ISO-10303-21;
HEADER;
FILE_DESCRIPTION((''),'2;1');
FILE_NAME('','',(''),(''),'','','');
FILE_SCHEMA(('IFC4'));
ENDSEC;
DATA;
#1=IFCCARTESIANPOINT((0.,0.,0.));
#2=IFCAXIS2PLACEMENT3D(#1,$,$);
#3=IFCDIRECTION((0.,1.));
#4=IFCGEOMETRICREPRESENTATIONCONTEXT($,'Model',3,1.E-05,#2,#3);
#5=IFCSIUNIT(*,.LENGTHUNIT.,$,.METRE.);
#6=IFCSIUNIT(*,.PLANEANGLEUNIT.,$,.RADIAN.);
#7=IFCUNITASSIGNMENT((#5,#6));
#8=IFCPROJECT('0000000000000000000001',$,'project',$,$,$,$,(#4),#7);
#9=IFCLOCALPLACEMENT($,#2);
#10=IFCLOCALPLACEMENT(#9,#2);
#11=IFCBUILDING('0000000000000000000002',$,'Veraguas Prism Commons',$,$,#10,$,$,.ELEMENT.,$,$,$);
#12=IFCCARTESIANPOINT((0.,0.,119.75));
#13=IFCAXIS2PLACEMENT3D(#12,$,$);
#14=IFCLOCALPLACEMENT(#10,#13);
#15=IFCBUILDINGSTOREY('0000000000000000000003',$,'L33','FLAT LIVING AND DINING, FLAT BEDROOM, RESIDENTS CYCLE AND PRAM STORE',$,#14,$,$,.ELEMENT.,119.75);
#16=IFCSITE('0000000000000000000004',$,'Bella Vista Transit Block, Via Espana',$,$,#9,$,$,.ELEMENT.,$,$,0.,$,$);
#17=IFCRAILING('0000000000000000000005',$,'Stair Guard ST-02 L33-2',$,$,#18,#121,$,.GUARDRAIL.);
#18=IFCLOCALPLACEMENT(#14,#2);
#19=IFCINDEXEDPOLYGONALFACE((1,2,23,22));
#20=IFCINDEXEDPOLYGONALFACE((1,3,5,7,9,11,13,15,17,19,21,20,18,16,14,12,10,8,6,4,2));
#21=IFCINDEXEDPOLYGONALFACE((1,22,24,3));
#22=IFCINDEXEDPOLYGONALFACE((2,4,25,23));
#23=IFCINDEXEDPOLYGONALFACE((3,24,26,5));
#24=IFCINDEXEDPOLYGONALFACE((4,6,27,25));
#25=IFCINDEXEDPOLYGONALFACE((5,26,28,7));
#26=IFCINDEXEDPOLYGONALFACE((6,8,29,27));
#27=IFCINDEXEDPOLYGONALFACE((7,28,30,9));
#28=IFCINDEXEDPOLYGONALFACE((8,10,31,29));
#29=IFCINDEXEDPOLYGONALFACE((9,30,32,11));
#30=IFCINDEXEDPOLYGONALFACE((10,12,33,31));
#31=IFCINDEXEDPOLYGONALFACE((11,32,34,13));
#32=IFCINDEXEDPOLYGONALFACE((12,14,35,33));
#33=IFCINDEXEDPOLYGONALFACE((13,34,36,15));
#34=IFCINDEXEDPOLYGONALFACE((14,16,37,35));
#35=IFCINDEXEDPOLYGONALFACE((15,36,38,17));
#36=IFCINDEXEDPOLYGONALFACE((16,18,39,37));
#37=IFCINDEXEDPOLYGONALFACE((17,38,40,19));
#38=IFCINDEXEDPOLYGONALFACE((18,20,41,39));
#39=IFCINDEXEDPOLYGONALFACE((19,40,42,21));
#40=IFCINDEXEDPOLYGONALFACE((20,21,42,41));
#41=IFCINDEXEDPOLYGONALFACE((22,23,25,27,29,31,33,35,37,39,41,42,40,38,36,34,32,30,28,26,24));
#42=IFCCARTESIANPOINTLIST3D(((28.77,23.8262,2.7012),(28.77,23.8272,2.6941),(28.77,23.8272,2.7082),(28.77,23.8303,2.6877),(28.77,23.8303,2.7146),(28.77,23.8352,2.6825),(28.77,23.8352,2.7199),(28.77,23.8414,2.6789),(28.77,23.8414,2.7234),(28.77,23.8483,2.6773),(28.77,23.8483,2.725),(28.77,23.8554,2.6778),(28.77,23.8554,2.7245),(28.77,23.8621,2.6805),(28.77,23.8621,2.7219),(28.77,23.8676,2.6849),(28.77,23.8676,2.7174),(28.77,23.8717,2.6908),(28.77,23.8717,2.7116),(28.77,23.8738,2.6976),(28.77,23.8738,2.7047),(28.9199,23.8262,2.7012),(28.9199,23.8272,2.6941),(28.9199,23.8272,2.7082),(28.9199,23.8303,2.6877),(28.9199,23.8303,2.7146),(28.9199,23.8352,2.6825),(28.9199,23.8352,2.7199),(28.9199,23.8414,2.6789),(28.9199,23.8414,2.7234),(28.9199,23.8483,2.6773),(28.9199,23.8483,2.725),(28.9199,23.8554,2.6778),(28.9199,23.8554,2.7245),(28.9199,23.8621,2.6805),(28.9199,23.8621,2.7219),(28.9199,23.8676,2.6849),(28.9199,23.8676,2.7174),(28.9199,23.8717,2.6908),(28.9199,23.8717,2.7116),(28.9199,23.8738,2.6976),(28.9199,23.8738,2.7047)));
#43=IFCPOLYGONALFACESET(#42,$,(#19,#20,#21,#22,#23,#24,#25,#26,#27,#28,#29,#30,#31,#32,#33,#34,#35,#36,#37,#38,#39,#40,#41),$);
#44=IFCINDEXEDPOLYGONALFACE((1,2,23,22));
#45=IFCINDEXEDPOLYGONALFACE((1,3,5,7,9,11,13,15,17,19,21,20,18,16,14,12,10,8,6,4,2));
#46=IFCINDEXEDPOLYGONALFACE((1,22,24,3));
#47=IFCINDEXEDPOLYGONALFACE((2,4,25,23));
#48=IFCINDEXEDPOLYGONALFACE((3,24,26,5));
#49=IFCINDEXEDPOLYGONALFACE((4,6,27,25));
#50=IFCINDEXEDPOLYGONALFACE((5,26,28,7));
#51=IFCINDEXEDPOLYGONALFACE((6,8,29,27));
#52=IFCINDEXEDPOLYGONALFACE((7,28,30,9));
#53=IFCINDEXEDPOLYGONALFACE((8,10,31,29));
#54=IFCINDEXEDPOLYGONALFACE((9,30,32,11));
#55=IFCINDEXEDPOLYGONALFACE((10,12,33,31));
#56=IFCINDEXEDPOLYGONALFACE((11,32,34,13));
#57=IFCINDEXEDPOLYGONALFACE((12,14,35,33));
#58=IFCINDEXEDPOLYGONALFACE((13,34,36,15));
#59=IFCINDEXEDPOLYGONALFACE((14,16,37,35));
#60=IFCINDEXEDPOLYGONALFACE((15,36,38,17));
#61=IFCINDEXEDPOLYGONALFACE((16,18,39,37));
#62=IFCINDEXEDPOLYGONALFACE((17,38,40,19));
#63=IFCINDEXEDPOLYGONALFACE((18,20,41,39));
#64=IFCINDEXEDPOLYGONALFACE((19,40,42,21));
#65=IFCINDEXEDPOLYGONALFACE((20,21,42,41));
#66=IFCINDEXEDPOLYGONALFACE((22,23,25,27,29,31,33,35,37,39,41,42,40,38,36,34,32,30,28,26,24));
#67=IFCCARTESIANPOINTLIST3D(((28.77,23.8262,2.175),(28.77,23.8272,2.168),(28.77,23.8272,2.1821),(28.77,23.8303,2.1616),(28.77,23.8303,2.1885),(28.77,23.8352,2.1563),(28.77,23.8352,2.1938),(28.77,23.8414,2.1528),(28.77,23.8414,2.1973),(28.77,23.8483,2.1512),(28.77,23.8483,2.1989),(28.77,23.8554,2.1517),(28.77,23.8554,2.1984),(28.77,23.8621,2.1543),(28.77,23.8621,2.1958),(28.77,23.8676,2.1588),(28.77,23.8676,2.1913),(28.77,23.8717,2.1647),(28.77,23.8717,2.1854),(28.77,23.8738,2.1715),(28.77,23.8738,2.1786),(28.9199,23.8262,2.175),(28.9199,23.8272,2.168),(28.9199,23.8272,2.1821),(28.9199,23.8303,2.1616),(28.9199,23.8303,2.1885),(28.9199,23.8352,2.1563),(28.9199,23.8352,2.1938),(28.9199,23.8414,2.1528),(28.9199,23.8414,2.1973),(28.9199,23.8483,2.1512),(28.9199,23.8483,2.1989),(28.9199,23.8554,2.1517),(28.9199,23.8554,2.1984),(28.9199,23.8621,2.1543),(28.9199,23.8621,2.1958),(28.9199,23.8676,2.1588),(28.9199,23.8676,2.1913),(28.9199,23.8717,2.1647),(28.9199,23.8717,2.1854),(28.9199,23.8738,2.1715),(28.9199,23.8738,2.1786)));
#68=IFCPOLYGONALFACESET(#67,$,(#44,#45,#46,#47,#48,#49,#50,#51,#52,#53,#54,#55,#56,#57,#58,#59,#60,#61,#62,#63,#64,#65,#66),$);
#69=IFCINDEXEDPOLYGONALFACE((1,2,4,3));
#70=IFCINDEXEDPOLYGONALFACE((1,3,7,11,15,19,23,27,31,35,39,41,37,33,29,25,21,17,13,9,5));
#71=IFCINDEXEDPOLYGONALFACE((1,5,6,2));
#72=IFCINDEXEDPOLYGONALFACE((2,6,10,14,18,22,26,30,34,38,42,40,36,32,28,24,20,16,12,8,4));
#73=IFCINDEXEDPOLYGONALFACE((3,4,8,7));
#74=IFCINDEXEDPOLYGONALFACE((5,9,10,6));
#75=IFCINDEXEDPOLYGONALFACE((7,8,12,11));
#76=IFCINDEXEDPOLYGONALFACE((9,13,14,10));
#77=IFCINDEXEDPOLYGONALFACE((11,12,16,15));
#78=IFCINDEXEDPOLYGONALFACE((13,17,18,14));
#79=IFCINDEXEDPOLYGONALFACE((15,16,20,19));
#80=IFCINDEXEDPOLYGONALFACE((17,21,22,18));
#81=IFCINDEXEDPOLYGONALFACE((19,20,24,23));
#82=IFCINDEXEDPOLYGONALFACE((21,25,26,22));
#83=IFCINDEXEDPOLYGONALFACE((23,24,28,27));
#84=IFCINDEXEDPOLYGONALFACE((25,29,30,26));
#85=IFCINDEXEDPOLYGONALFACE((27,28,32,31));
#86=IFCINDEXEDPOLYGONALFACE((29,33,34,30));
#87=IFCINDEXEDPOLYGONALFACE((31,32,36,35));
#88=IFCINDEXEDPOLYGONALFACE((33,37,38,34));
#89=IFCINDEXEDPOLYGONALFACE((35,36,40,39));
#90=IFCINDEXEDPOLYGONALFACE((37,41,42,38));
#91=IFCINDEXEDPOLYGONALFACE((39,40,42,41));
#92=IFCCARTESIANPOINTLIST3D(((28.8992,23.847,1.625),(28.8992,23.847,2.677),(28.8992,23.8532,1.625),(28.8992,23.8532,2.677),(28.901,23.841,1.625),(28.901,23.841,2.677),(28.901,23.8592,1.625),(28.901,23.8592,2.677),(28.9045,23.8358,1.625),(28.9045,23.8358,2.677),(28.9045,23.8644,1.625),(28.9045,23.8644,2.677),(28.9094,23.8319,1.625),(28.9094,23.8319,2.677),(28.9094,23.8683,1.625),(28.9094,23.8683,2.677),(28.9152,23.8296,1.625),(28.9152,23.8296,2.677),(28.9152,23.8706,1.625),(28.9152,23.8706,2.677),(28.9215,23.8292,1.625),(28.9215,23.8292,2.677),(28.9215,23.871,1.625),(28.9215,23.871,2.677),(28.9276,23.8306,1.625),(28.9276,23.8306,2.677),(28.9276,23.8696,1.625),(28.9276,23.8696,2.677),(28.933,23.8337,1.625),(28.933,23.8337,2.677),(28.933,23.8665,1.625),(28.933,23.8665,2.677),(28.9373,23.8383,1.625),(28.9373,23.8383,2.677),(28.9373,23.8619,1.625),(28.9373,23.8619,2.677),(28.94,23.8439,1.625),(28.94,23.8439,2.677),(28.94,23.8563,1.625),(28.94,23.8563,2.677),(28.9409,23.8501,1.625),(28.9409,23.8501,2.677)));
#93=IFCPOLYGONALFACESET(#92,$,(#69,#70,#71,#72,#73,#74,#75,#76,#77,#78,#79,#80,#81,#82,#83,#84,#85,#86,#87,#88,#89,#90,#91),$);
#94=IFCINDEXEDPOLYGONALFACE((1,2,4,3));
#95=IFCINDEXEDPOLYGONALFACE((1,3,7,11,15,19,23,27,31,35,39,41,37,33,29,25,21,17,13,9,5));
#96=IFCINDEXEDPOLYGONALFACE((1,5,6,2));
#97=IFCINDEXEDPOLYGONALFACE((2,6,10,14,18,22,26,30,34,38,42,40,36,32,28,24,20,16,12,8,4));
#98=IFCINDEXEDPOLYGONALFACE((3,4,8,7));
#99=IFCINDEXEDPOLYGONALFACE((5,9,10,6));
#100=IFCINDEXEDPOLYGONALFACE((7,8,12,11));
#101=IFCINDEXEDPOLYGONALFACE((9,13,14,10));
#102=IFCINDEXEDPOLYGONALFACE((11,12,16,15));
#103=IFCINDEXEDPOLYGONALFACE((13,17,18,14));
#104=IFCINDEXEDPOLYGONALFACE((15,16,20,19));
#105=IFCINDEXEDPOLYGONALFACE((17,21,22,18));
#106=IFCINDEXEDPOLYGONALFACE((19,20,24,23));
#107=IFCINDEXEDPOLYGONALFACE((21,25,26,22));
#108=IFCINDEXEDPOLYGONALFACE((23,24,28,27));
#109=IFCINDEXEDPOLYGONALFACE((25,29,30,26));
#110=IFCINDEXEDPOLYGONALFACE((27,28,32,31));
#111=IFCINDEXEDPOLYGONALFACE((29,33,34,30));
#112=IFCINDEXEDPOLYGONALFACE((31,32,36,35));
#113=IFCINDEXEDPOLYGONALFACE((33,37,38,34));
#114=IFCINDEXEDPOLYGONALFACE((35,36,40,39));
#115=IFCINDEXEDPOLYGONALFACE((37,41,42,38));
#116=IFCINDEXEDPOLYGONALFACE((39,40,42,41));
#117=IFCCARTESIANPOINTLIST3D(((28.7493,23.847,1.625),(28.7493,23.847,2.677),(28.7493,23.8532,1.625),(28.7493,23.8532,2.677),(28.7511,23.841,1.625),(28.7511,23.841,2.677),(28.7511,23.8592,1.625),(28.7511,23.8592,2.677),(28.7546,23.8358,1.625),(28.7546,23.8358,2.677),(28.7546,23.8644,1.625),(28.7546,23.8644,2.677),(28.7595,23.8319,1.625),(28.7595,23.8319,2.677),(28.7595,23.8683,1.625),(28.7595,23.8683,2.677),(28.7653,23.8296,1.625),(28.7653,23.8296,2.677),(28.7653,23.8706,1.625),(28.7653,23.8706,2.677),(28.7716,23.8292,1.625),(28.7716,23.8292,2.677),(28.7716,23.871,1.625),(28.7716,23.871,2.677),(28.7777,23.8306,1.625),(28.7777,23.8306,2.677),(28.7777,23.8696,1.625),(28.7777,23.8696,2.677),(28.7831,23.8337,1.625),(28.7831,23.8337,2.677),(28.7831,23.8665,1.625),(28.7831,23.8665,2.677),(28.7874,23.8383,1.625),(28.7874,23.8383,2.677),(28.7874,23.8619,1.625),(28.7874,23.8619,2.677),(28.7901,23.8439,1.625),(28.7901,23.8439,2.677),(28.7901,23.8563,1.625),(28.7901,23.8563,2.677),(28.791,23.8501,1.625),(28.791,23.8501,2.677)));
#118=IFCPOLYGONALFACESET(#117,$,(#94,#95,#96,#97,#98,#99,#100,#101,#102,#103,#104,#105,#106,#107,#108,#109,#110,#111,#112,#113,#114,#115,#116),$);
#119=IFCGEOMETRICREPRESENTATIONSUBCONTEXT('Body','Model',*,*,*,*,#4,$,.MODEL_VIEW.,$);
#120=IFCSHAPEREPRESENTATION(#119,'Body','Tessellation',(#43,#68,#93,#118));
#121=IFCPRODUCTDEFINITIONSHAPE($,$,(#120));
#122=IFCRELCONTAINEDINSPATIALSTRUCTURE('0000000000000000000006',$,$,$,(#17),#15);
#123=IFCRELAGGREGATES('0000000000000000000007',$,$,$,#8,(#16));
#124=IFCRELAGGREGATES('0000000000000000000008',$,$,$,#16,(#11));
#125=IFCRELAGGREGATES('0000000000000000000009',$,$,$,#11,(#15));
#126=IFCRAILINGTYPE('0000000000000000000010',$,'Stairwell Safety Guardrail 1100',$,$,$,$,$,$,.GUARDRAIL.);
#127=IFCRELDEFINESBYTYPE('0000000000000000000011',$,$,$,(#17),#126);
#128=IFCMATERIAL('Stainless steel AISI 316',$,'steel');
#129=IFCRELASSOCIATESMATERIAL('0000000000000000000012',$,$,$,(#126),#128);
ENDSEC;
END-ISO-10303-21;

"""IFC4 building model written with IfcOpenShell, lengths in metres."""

from ifc_helpers import new_model, si_unit, direction, frame, origin, origin_2d, place, context, subcontext, project, spatial, circle, extrude, material, type_object, element, save


model = new_model("IFC4")

# Units and contexts
model_context = context("Model", 3, precision=1e-05, world=origin(), true_north=direction((0.0, 1.0)))
body_context = subcontext(model_context, "Body", "Model", "MODEL_VIEW")
ifc_project = project(units=[si_unit("LENGTHUNIT", "METRE"), si_unit("PLANEANGLEUNIT", "RADIAN")], contexts=[model_context])

# Site, building, storey
site_placement = place(None, origin())
site = spatial("IfcSite", under=ifc_project, at=site_placement, Name="Bella Vista Transit Block, Via Espana", CompositionType="ELEMENT", RefElevation=0.0)
building_placement = place(site_placement, origin())
building = spatial("IfcBuilding", under=site, at=building_placement, Name="Veraguas Prism Commons", CompositionType="ELEMENT")
storey_placement = place(building_placement, frame((0.0, 0.0, 119.75)))
storey = spatial("IfcBuildingStorey", under=building, at=storey_placement, Name="L33", Description="FLAT LIVING AND DINING, FLAT BEDROOM, RESIDENTS CYCLE AND PRAM STORE", CompositionType="ELEMENT", Elevation=119.75)

# Shared definitions
ifc_material_1 = material(Name="Stainless steel AISI 316", Category="steel")

# Railing
railing_type_1 = type_object("IfcRailingType", Name="Stairwell Safety Guardrail 1100", PredefinedType="GUARDRAIL", material=ifc_material_1)
railing_1_placement = place(storey_placement, frame((28.9199, 23.8501, 1.625)))
element("IfcRailing", 1, at=railing_1_placement, inside=storey, type_object=railing_type_1, Name="Stair Guard ST-02 L33-2", PredefinedType="GUARDRAIL", context=body_context, shape_type="SweptSolid", body=[
    extrude(circle(Radius=0.0239, at=origin_2d()), frame((0.0, 0.0, 1.0762), z_axis=(-1.0, 0.0, 0.0), x_axis=(0.0, -1.0, 0.0)), (0.0, 0.0, 1.0), 0.1499),
    extrude(circle(Radius=0.0239, at=origin_2d()), frame((0.0, 0.0, 0.55), z_axis=(-1.0, 0.0, 0.0), x_axis=(0.0, -1.0, 0.0)), (0.0, 0.0, 1.0), 0.1499),
    extrude(circle(Radius=0.021, at=origin_2d()), origin(), (0.0, 0.0, 1.0), 1.052),
    extrude(circle(Radius=0.021, at=origin_2d()), frame((-0.1499, 0.0, 0.0)), (0.0, 0.0, 1.0), 1.052),
])

save(model, "model.ifc")
